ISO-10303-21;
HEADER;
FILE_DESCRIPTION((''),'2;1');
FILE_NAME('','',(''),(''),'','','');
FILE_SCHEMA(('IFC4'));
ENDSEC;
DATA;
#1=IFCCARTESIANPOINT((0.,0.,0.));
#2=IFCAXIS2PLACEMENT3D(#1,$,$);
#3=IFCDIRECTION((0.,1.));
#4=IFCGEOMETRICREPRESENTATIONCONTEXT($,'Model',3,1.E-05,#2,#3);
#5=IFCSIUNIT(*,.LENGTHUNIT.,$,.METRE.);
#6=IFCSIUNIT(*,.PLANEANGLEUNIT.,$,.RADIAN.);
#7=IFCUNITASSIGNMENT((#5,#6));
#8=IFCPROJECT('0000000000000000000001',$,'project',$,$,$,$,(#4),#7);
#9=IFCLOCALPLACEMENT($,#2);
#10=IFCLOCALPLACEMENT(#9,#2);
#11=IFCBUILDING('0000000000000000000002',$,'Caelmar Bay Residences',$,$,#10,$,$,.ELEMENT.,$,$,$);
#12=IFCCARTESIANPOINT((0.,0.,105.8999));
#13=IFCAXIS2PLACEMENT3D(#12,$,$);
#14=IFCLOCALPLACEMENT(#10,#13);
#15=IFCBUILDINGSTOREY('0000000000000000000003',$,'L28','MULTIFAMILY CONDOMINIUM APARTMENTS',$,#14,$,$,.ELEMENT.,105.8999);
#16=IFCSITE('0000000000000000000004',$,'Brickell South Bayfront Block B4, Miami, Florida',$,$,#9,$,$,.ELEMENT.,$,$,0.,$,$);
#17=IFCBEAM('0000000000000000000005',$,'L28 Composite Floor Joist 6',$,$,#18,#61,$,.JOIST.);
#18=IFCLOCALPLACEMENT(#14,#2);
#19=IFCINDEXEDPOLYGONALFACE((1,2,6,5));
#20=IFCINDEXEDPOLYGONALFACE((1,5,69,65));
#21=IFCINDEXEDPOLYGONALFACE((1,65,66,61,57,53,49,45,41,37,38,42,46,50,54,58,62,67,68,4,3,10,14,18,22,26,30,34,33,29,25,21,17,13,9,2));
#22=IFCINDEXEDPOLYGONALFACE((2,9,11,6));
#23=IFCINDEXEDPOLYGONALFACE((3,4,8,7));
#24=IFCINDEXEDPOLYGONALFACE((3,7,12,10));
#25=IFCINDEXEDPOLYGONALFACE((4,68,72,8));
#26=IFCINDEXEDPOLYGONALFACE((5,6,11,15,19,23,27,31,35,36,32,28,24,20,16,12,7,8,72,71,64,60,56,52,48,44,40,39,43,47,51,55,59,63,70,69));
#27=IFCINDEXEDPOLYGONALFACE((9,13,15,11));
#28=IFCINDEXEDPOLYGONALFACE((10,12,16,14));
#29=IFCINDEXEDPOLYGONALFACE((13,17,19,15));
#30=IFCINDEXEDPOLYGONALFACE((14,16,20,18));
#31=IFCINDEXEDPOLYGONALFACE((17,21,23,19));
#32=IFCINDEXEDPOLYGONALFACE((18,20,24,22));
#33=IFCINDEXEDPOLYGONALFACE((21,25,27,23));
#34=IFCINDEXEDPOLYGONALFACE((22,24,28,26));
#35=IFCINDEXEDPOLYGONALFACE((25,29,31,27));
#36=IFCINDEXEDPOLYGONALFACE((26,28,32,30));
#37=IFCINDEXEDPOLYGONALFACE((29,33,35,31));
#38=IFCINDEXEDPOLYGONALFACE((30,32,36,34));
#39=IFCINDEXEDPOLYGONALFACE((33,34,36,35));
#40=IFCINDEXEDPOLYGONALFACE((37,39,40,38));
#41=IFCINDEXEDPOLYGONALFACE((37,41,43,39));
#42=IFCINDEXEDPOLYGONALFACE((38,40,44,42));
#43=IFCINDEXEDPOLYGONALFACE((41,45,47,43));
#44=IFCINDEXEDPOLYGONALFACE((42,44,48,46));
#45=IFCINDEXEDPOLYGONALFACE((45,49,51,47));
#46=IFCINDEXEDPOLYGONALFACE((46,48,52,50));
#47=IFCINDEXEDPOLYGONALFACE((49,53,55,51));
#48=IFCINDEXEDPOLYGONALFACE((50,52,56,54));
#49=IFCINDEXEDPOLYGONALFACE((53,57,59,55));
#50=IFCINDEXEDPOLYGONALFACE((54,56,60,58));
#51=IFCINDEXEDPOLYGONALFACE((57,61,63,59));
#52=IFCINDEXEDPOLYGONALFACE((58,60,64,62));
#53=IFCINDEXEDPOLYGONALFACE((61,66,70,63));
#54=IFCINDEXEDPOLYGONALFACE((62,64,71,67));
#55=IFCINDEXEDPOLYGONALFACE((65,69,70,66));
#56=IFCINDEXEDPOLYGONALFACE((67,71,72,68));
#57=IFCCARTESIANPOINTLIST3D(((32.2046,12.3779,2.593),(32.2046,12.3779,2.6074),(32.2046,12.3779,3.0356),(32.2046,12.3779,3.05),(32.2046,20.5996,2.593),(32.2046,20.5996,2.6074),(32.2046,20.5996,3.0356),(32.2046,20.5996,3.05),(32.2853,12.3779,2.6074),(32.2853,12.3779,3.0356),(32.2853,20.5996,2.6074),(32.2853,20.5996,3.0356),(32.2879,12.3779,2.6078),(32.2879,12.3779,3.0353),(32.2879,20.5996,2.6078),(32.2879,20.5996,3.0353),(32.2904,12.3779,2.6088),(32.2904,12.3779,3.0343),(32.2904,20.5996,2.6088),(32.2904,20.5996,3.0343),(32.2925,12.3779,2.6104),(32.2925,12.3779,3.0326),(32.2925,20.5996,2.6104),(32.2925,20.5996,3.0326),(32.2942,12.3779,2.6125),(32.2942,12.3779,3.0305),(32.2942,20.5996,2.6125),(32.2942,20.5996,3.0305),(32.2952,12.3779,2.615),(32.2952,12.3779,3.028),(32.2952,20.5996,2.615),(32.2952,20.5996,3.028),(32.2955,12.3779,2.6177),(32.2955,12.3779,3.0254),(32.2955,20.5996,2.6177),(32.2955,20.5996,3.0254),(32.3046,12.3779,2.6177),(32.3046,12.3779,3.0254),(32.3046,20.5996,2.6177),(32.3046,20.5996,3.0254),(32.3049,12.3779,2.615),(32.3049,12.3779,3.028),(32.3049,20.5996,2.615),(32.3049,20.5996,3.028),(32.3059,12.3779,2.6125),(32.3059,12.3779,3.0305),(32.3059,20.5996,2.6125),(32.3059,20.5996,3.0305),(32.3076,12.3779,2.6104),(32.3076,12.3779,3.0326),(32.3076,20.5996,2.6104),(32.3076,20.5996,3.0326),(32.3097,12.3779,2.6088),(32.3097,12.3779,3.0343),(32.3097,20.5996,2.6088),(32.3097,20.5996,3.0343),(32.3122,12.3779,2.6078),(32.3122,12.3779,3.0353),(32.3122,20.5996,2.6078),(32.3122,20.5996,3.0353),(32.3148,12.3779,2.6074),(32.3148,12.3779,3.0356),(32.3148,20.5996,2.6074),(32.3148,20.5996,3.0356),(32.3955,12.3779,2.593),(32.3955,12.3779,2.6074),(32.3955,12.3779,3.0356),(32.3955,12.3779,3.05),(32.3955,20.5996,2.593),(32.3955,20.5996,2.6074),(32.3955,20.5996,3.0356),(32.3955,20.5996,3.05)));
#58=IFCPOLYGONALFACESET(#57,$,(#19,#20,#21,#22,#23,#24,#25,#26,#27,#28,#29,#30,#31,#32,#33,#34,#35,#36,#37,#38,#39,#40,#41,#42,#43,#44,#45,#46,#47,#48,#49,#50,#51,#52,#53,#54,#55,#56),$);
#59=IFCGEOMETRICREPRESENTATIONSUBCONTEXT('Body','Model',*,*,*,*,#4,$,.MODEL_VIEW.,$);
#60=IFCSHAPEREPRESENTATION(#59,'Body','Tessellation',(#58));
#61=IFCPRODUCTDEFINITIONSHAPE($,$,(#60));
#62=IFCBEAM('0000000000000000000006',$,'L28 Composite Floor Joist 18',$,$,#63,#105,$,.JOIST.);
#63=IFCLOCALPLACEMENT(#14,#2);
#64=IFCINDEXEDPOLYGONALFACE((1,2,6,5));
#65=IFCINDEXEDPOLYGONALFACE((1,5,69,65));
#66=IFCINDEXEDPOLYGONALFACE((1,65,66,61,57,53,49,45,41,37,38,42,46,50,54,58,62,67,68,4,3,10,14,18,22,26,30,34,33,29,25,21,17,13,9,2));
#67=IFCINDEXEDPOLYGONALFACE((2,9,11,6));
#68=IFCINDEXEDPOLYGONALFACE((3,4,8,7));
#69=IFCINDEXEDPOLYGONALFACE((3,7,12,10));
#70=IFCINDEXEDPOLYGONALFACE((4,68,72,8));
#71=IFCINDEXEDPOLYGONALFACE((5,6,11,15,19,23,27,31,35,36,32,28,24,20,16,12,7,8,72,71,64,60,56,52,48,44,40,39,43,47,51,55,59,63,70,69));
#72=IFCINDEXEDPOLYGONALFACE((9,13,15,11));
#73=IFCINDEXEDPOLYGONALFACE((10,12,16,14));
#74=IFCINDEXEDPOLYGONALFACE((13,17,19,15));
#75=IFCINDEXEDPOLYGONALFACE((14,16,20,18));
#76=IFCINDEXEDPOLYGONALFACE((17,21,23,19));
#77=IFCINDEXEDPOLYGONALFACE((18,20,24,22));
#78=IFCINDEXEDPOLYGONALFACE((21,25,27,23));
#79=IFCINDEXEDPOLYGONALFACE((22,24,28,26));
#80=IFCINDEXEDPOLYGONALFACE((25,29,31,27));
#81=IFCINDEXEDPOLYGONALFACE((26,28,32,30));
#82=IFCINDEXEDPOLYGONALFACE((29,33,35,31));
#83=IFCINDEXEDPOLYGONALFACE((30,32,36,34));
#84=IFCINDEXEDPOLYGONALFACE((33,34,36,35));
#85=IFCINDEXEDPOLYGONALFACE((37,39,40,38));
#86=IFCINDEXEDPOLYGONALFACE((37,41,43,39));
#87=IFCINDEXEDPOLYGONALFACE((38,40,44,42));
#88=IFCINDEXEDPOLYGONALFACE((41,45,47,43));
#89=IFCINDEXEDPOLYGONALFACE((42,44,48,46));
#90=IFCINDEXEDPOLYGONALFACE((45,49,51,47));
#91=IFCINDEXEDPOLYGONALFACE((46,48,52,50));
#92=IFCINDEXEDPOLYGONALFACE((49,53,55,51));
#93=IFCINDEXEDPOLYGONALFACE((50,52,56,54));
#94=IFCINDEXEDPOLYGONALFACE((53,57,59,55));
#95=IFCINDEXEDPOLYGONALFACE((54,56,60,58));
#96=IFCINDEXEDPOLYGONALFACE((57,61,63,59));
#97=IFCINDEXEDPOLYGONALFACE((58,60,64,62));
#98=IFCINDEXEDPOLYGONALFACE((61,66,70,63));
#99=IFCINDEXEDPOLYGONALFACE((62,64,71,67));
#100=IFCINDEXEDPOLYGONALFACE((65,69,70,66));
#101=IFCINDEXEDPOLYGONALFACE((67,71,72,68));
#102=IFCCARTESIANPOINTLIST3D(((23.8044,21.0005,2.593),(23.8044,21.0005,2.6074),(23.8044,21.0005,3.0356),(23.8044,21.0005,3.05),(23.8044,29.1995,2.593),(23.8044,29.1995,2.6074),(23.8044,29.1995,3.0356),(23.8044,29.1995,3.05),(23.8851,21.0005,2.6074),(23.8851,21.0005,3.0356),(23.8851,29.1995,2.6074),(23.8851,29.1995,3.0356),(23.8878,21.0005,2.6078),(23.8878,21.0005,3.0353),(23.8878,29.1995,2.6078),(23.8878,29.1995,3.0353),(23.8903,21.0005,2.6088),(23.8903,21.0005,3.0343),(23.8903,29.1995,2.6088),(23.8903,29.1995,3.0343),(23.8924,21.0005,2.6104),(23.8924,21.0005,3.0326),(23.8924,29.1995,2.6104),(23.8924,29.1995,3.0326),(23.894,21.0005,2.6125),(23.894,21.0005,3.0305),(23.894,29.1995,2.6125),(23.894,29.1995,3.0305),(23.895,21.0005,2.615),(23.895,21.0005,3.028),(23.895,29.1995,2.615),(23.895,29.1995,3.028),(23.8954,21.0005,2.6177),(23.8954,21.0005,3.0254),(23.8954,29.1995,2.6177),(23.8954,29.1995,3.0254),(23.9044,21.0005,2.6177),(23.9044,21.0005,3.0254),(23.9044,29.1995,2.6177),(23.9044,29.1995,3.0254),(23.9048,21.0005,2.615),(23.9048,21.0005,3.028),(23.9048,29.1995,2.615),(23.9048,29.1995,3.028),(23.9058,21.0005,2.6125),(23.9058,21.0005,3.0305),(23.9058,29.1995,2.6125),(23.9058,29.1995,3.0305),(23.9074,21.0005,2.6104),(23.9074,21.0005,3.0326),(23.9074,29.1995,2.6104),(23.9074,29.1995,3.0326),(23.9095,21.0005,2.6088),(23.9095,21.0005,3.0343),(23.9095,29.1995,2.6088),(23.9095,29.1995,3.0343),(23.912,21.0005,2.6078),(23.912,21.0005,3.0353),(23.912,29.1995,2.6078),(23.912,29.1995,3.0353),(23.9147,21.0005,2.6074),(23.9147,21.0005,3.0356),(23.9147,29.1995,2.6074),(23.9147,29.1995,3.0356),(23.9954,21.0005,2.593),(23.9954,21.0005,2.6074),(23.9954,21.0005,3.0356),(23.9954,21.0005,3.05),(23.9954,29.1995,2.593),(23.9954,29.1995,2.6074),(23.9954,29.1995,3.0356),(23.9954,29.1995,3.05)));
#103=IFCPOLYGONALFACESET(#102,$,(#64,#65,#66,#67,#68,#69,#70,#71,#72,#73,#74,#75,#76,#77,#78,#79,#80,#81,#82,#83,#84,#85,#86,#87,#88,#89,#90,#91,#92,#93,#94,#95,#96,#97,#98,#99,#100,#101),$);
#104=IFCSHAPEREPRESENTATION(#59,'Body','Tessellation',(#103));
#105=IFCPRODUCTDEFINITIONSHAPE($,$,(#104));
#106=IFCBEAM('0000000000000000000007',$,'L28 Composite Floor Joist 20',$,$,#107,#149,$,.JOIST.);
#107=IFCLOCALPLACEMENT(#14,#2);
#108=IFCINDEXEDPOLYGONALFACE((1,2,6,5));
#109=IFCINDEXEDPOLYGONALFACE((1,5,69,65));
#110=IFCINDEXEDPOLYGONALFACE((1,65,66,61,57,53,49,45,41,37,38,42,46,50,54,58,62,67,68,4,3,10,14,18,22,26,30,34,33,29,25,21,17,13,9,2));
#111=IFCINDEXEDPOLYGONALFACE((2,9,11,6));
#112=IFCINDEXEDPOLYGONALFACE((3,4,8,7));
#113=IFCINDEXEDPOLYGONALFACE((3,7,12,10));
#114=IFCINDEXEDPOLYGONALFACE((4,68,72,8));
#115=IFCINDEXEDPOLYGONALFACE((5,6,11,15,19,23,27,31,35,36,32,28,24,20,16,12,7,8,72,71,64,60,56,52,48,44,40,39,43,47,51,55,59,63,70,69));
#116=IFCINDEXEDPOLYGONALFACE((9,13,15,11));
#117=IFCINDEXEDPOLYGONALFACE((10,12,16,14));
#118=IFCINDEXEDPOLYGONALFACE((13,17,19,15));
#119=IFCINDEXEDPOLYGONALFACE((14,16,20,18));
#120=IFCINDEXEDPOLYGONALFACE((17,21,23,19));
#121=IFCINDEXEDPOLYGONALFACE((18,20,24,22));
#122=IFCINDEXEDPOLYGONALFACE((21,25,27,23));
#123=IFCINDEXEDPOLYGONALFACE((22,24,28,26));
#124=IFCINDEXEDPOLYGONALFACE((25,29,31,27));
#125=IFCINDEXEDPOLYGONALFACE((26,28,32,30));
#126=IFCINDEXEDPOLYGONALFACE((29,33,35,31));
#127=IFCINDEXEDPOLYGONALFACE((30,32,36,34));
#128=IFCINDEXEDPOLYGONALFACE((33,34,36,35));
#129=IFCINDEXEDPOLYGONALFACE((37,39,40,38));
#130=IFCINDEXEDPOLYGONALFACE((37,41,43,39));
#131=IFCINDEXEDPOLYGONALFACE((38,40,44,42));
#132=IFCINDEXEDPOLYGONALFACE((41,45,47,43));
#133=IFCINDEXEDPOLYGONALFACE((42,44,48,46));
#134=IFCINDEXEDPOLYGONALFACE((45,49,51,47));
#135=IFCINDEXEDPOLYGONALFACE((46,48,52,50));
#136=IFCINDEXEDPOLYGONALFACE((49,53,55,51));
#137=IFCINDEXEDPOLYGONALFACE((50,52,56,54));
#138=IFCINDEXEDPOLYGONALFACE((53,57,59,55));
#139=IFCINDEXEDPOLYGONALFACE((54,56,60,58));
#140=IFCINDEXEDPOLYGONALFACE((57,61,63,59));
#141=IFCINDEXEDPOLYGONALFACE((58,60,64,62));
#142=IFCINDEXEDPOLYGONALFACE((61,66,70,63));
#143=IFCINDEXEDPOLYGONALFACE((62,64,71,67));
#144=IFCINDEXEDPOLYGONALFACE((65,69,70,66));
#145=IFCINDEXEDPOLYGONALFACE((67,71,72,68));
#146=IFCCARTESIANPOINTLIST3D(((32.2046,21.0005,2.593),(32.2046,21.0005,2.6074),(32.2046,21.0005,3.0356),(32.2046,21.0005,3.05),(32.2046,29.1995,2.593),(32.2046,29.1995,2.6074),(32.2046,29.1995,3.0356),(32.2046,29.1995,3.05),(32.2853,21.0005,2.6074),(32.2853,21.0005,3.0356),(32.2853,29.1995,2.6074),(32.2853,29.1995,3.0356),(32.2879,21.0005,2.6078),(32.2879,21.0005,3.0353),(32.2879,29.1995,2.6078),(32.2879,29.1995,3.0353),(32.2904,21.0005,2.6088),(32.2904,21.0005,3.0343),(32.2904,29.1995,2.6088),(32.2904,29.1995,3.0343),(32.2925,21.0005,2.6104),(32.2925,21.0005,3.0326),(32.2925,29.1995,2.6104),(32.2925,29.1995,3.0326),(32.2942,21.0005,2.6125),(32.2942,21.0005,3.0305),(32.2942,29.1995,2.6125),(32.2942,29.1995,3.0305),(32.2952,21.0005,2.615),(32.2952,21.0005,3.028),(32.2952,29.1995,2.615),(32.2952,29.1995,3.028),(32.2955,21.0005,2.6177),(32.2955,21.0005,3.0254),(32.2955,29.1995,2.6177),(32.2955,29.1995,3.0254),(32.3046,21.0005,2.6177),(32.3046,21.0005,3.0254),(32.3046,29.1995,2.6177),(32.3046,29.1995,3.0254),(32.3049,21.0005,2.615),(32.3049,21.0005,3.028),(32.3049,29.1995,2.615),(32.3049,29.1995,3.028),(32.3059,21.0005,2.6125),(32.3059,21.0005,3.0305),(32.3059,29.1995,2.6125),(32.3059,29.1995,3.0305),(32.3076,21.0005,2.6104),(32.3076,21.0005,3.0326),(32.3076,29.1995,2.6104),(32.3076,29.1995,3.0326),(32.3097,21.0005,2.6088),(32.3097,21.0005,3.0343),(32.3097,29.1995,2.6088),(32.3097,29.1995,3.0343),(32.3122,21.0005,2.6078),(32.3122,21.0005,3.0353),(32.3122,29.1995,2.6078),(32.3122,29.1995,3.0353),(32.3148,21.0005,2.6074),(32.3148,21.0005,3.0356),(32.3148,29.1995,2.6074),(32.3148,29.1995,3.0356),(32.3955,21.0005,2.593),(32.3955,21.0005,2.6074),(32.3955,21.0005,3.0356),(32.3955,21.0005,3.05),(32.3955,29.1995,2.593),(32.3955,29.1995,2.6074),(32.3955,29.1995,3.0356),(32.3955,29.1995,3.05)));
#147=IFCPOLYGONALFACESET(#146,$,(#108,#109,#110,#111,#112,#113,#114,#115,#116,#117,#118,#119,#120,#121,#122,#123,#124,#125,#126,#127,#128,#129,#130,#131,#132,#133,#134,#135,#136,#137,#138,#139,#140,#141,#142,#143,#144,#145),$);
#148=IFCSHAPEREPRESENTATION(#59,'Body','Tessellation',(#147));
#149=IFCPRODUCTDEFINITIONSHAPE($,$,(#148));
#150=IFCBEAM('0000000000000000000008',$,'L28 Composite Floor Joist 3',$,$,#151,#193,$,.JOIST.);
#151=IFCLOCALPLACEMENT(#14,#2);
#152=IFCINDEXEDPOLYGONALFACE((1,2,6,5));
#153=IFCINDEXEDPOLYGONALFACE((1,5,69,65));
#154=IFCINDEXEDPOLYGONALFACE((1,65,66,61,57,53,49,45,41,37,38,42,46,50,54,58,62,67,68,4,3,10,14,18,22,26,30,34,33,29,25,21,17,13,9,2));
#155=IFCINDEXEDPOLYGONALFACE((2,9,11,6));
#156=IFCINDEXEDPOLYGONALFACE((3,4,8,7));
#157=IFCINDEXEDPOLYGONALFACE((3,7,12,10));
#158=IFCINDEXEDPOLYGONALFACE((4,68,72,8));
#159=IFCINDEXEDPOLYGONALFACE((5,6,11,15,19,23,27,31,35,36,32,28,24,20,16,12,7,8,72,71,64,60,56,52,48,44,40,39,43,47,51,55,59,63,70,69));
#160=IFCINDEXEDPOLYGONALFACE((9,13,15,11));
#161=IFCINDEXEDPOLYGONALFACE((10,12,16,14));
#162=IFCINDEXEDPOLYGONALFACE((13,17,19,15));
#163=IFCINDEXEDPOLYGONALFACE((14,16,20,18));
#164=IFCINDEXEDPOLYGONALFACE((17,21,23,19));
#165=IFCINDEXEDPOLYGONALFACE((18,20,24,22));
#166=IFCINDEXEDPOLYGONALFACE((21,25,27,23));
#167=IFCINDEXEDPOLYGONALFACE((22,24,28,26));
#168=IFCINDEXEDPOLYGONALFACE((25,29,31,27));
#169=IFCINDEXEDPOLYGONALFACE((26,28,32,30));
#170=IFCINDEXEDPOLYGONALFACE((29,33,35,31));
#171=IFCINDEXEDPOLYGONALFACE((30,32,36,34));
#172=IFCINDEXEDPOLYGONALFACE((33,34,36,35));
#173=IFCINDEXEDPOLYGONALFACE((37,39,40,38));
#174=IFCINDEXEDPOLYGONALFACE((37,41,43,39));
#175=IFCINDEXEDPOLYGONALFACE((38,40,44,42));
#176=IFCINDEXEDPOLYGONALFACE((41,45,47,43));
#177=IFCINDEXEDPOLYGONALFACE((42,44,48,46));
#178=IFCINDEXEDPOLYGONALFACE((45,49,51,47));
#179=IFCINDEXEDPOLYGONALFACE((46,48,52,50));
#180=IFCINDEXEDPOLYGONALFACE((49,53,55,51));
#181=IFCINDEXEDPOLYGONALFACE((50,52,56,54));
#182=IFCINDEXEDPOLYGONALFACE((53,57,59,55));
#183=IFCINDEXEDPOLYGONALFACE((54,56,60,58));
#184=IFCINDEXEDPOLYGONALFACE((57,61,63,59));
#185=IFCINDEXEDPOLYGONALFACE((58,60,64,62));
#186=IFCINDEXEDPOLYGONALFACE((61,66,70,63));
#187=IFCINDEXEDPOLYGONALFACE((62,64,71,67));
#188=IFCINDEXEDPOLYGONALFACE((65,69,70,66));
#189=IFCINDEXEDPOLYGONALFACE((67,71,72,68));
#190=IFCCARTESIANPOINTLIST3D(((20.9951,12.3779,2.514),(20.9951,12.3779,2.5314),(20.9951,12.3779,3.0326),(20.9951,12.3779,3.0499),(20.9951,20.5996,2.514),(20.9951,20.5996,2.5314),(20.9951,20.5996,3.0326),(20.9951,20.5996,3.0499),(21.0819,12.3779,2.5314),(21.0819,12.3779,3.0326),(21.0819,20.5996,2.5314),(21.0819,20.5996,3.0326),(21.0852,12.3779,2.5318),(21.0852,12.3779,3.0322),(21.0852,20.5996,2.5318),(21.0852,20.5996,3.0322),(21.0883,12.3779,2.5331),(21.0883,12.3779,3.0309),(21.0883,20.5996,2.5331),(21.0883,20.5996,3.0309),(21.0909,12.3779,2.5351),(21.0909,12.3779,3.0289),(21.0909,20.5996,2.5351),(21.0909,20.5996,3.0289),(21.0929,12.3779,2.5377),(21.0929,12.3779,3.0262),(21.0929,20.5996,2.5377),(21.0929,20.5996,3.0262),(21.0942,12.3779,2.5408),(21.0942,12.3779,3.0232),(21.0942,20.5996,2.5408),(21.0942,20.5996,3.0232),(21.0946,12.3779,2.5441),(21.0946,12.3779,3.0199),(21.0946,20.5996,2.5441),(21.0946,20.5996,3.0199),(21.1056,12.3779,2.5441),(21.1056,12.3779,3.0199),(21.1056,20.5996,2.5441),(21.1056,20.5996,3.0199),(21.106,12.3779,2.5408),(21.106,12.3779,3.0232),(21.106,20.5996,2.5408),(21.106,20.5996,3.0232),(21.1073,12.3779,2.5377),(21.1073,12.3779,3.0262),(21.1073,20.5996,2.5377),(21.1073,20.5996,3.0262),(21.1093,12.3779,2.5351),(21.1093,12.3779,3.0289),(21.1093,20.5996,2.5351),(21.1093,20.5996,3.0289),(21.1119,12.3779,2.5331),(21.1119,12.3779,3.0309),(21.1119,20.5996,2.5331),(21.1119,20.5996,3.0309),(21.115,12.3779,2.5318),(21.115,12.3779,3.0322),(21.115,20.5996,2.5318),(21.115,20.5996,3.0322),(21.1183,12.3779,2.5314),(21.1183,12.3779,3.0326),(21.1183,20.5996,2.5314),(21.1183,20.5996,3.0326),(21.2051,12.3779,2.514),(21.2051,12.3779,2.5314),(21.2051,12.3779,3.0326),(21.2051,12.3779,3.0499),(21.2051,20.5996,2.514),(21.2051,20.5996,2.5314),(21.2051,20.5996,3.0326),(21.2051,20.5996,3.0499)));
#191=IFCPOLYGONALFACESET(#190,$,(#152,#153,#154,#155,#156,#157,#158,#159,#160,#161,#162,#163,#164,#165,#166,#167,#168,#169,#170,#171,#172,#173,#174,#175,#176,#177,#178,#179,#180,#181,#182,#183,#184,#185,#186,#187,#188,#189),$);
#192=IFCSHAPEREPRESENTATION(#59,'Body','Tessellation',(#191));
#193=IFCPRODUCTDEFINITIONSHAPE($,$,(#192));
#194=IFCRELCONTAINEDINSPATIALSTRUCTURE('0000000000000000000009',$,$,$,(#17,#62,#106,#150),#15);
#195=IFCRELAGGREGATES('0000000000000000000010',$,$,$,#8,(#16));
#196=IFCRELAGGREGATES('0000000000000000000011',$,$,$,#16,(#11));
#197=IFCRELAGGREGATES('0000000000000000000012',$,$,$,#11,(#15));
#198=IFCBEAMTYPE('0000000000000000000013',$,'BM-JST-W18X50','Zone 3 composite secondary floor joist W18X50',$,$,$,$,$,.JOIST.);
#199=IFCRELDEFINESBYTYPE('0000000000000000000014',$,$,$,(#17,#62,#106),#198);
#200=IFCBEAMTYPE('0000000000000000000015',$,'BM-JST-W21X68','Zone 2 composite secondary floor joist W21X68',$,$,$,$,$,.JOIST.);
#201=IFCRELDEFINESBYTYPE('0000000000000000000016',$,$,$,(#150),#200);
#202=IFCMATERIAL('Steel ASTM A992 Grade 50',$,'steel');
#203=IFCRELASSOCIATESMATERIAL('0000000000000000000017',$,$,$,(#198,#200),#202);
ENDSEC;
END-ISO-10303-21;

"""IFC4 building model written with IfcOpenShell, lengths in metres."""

from ifc_helpers import new_model, si_unit, direction, frame, origin, origin_2d, place, context, subcontext, project, spatial, i_section, extrude, material, material_profile, profile_set, type_object, element, save


model = new_model("IFC4")

# Units and contexts
model_context = context("Model", 3, precision=1e-05, world=origin(), true_north=direction((0.0, 1.0)))
body_context = subcontext(model_context, "Body", "Model", "MODEL_VIEW")
ifc_project = project(units=[si_unit("LENGTHUNIT", "METRE"), si_unit("PLANEANGLEUNIT", "RADIAN")], contexts=[model_context])

# Site, building, storey
site_placement = place(None, origin())
site = spatial("IfcSite", under=ifc_project, at=site_placement, Name="Brickell South Bayfront Block B4, Miami, Florida", CompositionType="ELEMENT", RefElevation=0.0)
building_placement = place(site_placement, origin())
building = spatial("IfcBuilding", under=site, at=building_placement, Name="Caelmar Bay Residences", CompositionType="ELEMENT")
storey_placement = place(building_placement, frame((0.0, 0.0, 105.8999)))
storey = spatial("IfcBuildingStorey", under=building, at=storey_placement, Name="L28", Description="MULTIFAMILY CONDOMINIUM APARTMENTS", CompositionType="ELEMENT", Elevation=105.8999)

# Beams
ifc_material_1 = material(Name="Steel ASTM A992 Grade 50", Category="steel")
ifc_material_profile_1 = material_profile(ifc_material_1, i_section(OverallWidth=0.1909, OverallDepth=0.457, WebThickness=0.009, FlangeThickness=0.0144, FilletRadius=0.0103, at=origin_2d()), Name="W18X50")
ifc_profile_set_1 = profile_set([ifc_material_profile_1], Name="Steel ASTM A992 Grade 50")
beam_type_1 = type_object("IfcBeamType", Name="BM-JST-W18X50", Description="Zone 3 composite secondary floor joist W18X50", PredefinedType="JOIST", material=ifc_profile_set_1)
for number, where, z_axis, x_axis, name in (
    (1, (32.3, 12.3779, 2.8215), (0.0, 1.0, 0.0), (-1.0, 0.0, 0.0), "L28 Composite Floor Joist 6"),
):
    element("IfcBeam", number, at=place(storey_placement, frame(where, z_axis=z_axis, x_axis=x_axis)), inside=storey, type_object=beam_type_1, Name=name, PredefinedType="JOIST", context=body_context, shape_type="SweptSolid", body=[
        extrude(i_section(OverallWidth=0.1909, OverallDepth=0.457, WebThickness=0.009, FlangeThickness=0.0144, FilletRadius=0.0103, at=origin_2d()), origin(), (0.0, 0.0, 1.0), 8.2217),
    ])
for number, where, z_axis, x_axis, name in (
    (2, (23.8999, 21.0005, 2.8215), (0.0, 1.0, 0.0), (-1.0, 0.0, 0.0), "L28 Composite Floor Joist 18"),
    (3, (32.3, 21.0005, 2.8215), (0.0, 1.0, 0.0), (-1.0, 0.0, 0.0), "L28 Composite Floor Joist 20"),
):
    element("IfcBeam", number, at=place(storey_placement, frame(where, z_axis=z_axis, x_axis=x_axis)), inside=storey, type_object=beam_type_1, Name=name, PredefinedType="JOIST", context=body_context, shape_type="SweptSolid", body=[
        extrude(i_section(OverallWidth=0.1909, OverallDepth=0.457, WebThickness=0.009, FlangeThickness=0.0144, FilletRadius=0.0103, at=origin_2d()), origin(), (0.0, 0.0, 1.0), 8.199),
    ])
ifc_material_profile_2 = material_profile(ifc_material_1, i_section(OverallWidth=0.21, OverallDepth=0.5359, WebThickness=0.011, FlangeThickness=0.0173, FilletRadius=0.0127, at=origin_2d()), Name="W21X68")
ifc_profile_set_2 = profile_set([ifc_material_profile_2], Name="Steel ASTM A992 Grade 50")
beam_type_2 = type_object("IfcBeamType", Name="BM-JST-W21X68", Description="Zone 2 composite secondary floor joist W21X68", PredefinedType="JOIST", material=ifc_profile_set_2)
for number, where, z_axis, x_axis, name in (
    (4, (21.1001, 12.3779, 2.782), (0.0, 1.0, 0.0), (-1.0, 0.0, 0.0), "L28 Composite Floor Joist 3"),
):
    element("IfcBeam", number, at=place(storey_placement, frame(where, z_axis=z_axis, x_axis=x_axis)), inside=storey, type_object=beam_type_2, Name=name, PredefinedType="JOIST", context=body_context, shape_type="SweptSolid", body=[
        extrude(i_section(OverallWidth=0.21, OverallDepth=0.5359, WebThickness=0.011, FlangeThickness=0.0173, FilletRadius=0.0127, at=origin_2d()), origin(), (0.0, 0.0, 1.0), 8.2217),
    ])

save(model, "model.ifc")
